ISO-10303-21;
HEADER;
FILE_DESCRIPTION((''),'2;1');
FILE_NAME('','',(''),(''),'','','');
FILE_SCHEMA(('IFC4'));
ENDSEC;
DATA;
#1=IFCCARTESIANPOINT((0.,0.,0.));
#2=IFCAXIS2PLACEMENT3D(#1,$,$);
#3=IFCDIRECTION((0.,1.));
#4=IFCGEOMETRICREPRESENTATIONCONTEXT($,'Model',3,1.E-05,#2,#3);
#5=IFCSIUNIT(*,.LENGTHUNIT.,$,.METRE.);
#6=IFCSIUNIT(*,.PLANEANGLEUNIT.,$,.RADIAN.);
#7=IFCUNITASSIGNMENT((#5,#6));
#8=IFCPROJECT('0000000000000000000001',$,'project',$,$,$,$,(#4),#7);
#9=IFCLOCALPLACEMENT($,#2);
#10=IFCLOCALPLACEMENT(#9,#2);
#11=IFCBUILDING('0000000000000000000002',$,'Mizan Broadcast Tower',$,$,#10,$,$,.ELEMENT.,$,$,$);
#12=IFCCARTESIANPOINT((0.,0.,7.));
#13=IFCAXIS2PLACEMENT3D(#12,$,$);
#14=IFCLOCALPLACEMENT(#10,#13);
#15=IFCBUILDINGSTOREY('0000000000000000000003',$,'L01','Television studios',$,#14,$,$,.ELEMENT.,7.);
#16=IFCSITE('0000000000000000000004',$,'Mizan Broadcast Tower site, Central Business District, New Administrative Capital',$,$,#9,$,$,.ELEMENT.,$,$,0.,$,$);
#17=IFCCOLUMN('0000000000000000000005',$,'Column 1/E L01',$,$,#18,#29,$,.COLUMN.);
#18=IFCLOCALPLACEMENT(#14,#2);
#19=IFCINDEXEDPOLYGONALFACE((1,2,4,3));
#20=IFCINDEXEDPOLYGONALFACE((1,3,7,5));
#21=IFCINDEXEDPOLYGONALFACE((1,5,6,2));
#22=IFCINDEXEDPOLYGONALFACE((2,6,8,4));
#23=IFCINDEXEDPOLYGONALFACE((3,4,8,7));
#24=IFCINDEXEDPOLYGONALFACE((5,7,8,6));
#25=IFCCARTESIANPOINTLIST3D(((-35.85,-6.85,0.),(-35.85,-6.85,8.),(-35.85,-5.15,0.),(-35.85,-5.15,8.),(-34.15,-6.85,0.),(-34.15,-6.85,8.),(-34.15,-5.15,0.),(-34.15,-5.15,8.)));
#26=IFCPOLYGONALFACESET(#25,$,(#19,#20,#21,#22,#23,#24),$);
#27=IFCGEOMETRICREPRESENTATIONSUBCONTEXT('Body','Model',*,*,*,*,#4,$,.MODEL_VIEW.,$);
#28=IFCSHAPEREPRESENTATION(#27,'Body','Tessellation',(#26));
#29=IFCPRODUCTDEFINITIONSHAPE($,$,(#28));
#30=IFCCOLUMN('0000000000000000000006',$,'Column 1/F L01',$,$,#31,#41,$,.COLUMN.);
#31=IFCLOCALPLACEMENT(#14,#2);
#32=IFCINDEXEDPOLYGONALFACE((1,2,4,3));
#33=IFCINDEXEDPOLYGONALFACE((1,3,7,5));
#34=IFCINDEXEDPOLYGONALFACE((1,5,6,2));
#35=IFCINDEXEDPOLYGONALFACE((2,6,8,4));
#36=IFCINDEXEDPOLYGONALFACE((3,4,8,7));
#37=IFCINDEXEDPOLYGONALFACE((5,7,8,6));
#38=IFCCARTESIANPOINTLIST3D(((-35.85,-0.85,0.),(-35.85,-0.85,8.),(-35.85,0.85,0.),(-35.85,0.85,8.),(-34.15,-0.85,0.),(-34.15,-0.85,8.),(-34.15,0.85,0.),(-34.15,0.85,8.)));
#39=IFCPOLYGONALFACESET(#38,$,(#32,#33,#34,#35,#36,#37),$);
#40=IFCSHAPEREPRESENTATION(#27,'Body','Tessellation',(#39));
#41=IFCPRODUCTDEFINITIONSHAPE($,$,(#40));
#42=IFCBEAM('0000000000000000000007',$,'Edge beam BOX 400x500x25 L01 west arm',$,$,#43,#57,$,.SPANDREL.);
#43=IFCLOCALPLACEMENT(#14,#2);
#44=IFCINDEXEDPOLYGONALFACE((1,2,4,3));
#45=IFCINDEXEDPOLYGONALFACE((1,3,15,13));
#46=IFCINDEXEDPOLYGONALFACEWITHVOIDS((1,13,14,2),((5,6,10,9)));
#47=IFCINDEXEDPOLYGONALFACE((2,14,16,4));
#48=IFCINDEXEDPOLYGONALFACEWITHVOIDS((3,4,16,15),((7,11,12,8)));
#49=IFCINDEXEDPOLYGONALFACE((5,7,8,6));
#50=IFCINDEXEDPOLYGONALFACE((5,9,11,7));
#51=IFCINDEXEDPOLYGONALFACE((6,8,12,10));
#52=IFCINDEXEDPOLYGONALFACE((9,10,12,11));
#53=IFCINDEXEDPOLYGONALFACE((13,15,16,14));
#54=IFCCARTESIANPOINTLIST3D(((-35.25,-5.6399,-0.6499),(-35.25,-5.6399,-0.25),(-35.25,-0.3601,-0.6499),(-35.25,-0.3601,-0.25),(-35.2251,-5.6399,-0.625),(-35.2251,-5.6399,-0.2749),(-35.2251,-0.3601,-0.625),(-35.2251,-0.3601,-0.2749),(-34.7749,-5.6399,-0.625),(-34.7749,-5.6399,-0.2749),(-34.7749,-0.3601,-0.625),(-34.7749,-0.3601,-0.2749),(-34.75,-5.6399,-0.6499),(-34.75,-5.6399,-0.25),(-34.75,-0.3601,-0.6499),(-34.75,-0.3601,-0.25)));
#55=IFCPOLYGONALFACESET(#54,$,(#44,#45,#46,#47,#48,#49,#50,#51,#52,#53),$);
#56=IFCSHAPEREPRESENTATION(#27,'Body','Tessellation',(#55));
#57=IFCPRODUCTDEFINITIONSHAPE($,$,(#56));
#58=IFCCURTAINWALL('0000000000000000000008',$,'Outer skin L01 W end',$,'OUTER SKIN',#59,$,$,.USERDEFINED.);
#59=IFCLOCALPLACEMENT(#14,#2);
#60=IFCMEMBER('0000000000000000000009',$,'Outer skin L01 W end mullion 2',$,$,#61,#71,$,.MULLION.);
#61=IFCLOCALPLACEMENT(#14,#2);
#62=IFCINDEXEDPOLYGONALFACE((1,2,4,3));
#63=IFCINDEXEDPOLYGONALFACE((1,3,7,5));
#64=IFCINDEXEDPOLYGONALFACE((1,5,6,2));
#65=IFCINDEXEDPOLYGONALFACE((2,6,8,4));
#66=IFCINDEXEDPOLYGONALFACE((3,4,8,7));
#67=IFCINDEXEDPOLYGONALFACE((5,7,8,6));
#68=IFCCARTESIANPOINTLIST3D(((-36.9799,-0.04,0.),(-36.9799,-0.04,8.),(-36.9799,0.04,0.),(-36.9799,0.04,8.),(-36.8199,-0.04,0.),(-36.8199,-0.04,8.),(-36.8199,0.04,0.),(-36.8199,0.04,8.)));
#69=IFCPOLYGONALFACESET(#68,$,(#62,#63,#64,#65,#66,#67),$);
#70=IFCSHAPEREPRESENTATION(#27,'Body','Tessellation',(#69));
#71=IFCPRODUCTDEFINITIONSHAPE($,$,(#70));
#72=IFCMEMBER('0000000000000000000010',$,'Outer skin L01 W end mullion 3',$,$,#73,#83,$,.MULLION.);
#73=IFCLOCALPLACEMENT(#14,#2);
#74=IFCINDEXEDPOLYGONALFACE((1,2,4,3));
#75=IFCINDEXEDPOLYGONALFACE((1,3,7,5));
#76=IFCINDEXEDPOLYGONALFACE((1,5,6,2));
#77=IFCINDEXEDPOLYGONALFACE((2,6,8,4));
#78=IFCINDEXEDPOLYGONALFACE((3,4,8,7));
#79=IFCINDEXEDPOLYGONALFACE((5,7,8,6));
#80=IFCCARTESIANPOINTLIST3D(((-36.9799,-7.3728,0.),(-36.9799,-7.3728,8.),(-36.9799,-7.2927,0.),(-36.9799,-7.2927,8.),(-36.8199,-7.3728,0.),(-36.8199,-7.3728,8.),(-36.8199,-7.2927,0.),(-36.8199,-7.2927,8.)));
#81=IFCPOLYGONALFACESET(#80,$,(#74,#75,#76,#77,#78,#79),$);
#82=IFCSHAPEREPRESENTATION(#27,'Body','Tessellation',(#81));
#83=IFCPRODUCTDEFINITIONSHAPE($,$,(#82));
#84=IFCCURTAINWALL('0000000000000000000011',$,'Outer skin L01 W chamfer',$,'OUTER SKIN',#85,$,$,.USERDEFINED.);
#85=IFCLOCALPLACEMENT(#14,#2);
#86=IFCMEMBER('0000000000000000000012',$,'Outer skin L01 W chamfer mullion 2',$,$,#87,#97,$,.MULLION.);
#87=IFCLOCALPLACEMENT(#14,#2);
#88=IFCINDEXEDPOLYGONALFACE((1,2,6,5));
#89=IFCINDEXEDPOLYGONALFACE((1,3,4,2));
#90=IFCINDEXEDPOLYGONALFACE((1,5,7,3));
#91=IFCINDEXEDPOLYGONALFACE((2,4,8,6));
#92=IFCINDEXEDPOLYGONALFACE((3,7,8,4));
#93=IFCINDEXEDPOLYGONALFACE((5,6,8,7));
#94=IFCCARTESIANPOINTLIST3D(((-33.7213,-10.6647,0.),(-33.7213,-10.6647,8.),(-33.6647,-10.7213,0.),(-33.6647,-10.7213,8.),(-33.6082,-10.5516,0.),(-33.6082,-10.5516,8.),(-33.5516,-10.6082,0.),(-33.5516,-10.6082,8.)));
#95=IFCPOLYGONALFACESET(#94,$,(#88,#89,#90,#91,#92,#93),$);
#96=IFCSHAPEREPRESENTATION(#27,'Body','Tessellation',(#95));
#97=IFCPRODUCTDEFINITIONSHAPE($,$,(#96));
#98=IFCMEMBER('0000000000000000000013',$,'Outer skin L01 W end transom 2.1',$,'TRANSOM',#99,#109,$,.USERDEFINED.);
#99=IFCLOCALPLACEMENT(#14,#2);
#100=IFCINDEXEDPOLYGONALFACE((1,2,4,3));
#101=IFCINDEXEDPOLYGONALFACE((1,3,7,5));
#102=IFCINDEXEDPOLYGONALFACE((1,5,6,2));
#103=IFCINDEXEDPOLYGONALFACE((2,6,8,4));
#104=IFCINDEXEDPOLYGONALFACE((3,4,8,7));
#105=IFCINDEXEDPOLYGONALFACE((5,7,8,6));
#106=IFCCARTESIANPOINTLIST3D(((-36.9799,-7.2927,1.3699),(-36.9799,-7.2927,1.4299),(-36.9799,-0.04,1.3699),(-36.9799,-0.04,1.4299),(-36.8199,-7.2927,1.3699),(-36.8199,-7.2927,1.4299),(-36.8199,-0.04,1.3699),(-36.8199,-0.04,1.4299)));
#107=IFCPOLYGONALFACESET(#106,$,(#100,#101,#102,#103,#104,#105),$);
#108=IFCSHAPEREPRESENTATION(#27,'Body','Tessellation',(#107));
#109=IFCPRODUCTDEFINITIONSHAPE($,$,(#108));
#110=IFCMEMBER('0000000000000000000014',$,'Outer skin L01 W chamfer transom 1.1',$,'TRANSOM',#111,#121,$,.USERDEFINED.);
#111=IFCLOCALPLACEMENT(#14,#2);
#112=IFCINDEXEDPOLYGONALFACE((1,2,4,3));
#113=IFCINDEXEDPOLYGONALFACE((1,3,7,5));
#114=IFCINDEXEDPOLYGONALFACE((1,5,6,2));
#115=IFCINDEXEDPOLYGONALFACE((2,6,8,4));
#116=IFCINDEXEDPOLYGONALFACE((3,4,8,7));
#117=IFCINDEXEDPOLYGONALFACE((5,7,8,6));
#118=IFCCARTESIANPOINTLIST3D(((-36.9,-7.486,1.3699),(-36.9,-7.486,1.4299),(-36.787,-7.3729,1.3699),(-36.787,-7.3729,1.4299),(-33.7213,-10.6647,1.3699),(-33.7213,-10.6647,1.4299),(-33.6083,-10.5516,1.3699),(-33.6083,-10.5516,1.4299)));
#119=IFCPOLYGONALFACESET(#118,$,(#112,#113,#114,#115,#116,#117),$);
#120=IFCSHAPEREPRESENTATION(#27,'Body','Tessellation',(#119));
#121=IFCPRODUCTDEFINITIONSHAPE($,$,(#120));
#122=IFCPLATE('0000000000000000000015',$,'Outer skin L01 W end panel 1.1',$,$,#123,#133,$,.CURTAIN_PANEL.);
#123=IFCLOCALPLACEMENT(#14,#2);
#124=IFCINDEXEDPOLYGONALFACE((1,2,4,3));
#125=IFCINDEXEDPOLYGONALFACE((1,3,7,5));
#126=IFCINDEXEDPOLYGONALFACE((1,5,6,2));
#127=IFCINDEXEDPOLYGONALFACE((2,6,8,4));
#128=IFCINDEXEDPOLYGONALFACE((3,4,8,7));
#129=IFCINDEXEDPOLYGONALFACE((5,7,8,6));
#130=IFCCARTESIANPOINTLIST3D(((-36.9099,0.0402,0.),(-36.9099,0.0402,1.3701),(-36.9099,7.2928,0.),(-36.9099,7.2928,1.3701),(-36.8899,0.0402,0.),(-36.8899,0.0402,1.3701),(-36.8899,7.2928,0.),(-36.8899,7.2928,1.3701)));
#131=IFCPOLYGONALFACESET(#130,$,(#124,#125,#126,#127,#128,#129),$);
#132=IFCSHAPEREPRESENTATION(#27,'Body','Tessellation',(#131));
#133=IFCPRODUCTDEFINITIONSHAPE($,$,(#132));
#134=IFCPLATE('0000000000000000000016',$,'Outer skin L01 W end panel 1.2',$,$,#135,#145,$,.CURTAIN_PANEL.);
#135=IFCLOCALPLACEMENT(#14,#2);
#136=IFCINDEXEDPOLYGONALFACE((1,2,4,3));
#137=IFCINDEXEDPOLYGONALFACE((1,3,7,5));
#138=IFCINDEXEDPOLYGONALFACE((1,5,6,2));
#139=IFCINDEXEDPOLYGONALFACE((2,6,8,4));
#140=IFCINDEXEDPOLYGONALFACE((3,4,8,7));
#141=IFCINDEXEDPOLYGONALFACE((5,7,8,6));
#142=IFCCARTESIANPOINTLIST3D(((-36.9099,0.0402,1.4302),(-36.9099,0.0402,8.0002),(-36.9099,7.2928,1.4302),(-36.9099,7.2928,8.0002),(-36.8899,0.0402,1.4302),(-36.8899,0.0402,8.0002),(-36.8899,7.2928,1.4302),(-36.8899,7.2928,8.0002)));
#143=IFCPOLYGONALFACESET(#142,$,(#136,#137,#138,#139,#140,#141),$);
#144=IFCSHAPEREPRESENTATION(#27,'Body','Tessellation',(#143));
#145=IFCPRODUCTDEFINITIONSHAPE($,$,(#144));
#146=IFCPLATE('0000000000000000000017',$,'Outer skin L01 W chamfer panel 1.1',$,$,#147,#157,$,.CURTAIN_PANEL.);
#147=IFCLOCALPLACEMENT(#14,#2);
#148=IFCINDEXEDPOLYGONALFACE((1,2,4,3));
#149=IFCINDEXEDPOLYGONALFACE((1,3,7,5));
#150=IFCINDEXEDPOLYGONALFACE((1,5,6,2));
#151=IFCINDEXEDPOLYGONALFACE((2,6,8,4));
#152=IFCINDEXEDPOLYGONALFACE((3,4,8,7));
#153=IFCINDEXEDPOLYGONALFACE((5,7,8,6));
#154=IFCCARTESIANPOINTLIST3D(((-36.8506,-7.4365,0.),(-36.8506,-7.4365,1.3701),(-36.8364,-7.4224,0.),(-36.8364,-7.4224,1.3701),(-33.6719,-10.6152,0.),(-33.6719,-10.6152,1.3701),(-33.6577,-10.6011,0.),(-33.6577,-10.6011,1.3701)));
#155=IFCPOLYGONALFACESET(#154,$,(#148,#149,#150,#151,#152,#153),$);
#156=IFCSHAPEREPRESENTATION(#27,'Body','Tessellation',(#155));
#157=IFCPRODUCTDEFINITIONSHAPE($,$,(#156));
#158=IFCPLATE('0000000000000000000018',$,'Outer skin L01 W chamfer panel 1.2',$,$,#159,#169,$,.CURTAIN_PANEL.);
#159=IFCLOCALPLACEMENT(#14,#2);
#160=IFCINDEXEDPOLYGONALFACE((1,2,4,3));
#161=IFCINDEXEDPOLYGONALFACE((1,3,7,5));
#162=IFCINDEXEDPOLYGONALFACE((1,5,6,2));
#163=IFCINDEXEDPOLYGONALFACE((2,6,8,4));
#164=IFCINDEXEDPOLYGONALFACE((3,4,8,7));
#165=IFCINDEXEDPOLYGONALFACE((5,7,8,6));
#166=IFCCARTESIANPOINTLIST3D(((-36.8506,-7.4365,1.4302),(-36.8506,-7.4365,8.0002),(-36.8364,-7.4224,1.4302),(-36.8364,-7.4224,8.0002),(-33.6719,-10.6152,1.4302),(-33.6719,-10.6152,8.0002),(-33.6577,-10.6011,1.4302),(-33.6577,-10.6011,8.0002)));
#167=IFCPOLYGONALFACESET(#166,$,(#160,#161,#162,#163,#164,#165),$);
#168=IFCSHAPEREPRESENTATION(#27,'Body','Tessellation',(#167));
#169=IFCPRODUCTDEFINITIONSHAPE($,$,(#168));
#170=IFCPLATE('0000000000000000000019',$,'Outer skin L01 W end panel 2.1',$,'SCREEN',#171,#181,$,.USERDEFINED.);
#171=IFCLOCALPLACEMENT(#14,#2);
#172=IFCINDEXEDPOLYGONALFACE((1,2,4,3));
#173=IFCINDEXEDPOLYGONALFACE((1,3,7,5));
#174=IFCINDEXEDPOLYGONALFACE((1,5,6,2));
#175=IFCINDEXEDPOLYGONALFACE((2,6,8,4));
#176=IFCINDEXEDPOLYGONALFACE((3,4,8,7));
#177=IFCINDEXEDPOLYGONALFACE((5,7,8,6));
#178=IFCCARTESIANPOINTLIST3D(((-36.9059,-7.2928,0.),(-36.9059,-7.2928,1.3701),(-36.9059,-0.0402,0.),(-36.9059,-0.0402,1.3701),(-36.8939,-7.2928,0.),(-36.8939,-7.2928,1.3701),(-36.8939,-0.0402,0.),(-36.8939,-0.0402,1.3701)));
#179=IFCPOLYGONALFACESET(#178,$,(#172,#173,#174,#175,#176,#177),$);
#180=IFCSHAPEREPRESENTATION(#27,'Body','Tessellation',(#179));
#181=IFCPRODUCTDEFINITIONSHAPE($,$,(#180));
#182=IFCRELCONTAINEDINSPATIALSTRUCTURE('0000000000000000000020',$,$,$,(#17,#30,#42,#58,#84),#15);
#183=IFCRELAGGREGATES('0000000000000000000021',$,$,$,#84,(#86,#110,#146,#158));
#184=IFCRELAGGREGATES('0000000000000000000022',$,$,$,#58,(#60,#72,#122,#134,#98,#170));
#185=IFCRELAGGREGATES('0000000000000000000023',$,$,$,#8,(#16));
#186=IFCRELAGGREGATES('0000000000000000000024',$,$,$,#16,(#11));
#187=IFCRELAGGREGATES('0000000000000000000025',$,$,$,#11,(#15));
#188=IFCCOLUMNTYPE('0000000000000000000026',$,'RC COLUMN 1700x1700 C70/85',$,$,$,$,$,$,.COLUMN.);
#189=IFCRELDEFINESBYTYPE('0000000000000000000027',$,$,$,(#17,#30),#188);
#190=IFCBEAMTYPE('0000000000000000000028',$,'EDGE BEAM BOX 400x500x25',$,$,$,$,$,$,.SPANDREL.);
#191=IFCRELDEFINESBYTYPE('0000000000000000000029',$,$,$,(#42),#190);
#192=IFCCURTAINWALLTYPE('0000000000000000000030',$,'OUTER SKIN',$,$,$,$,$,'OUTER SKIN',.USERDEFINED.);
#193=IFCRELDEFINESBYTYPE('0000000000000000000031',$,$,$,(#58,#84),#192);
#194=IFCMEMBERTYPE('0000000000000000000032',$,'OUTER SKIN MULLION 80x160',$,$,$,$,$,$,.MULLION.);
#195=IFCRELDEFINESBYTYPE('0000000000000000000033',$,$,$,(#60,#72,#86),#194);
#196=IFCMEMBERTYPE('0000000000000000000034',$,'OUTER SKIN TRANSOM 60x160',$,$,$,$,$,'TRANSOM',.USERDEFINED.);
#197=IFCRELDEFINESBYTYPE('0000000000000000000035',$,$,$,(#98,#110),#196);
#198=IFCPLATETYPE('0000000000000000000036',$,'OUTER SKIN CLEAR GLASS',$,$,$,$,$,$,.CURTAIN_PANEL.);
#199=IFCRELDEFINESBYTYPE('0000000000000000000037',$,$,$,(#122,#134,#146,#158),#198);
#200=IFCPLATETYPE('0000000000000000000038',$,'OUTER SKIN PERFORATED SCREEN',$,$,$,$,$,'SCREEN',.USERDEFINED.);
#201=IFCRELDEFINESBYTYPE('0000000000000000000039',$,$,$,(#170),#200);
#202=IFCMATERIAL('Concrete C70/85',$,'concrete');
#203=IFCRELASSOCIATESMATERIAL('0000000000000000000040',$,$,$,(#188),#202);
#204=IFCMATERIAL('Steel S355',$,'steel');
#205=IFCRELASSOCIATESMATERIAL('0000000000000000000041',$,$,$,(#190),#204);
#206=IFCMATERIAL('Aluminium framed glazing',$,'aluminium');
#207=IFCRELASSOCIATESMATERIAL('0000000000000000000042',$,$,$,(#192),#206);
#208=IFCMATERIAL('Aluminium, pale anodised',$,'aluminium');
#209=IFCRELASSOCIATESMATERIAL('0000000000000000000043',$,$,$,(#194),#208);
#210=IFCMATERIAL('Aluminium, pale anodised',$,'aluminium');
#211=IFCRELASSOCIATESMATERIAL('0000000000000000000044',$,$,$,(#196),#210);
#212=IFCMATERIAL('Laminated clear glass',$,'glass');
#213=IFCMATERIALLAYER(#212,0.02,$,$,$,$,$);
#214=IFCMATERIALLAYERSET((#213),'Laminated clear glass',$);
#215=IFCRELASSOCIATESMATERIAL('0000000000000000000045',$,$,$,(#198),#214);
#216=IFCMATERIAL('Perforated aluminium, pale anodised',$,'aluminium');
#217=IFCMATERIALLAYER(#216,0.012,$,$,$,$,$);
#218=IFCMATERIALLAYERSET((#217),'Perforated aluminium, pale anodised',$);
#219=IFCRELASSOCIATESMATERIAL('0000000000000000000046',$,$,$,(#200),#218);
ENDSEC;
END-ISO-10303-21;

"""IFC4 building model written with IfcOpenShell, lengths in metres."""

from ifc_helpers import new_model, si_unit, direction, frame, origin, origin_2d, place, context, subcontext, project, spatial, rectangle, hollow_rectangle, extrude, material, layer, layer_set, material_profile, profile_set, type_object, element, aggregate, save


model = new_model("IFC4")

# Units and contexts
model_context = context("Model", 3, precision=1e-05, world=origin(), true_north=direction((0.0, 1.0)))
body_context = subcontext(model_context, "Body", "Model", "MODEL_VIEW")
ifc_project = project(units=[si_unit("LENGTHUNIT", "METRE"), si_unit("PLANEANGLEUNIT", "RADIAN")], contexts=[model_context])

# Site, building, storey
site_placement = place(None, origin())
site = spatial("IfcSite", under=ifc_project, at=site_placement, Name="Mizan Broadcast Tower site, Central Business District, New Administrative Capital", CompositionType="ELEMENT", RefElevation=0.0)
building_placement = place(site_placement, origin())
building = spatial("IfcBuilding", under=site, at=building_placement, Name="Mizan Broadcast Tower", CompositionType="ELEMENT")
storey_placement = place(building_placement, frame((0.0, 0.0, 7.0)))
storey = spatial("IfcBuildingStorey", under=building, at=storey_placement, Name="L01", Description="Television studios", CompositionType="ELEMENT", Elevation=7.0)

# Columns
ifc_material_1 = material(Name="Concrete C70/85", Category="concrete")
ifc_material_profile_1 = material_profile(ifc_material_1, rectangle(XDim=1.7, YDim=1.7, at=origin_2d()), Name="RC 1700x1700")
ifc_profile_set_1 = profile_set([ifc_material_profile_1], Name="Concrete C70/85")
column_type = type_object("IfcColumnType", Name="RC COLUMN 1700x1700 C70/85", PredefinedType="COLUMN", material=ifc_profile_set_1)
for number, where, z_axis, x_axis, name in (
    (1, (-35.0, -6.0, 0.0), (0.0, 0.0, 1.0), (1.0, 0.0, 0.0), "Column 1/E L01"),
    (2, (-35.0, 0.0, 0.0), (0.0, 0.0, 1.0), (1.0, 0.0, 0.0), "Column 1/F L01"),
):
    element("IfcColumn", number, at=place(storey_placement, frame(where, z_axis=z_axis, x_axis=x_axis)), inside=storey, type_object=column_type, Name=name, PredefinedType="COLUMN", context=body_context, shape_type="SweptSolid", body=[
        extrude(rectangle(XDim=1.7, YDim=1.7, at=origin_2d()), origin(), (0.0, 0.0, 1.0), 8.0),
    ])

# Beam
ifc_material_2 = material(Name="Steel S355", Category="steel")
ifc_material_profile_2 = material_profile(ifc_material_2, hollow_rectangle(XDim=0.5, YDim=0.3999, WallThickness=0.0249, at=origin_2d()), Name="BOX 400x500x25")
ifc_profile_set_2 = profile_set([ifc_material_profile_2], Name="Steel S355")
beam_type = type_object("IfcBeamType", Name="EDGE BEAM BOX 400x500x25", PredefinedType="SPANDREL", material=ifc_profile_set_2)
beam_placement = place(storey_placement, frame((-35.0, -5.6399, -0.45), z_axis=(0.0, 1.0, 0.0), x_axis=(-1.0, 0.0, 0.0)))
element("IfcBeam", 3, at=beam_placement, inside=storey, type_object=beam_type, Name="Edge beam BOX 400x500x25 L01 west arm", PredefinedType="SPANDREL", context=body_context, shape_type="SweptSolid", body=[
    extrude(hollow_rectangle(XDim=0.5, YDim=0.3999, WallThickness=0.0249, at=origin_2d()), origin(), (0.0, 0.0, 1.0), 5.2798),
])

# Curtain wall, members
ifc_material_3 = material(Name="Aluminium framed glazing", Category="aluminium")
curtain_wall_type = type_object("IfcCurtainWallType", Name="OUTER SKIN", ElementType="OUTER SKIN", PredefinedType="USERDEFINED", material=ifc_material_3)
curtain_wall_1_placement = place(storey_placement, origin())
curtain_wall_1 = element("IfcCurtainWall", 4, at=curtain_wall_1_placement, inside=storey, type_object=curtain_wall_type, Name="Outer skin L01 W end", ObjectType="OUTER SKIN", PredefinedType="USERDEFINED")
ifc_material_4 = material(Name="Aluminium, pale anodised", Category="aluminium")
ifc_material_profile_3 = material_profile(ifc_material_4, rectangle(XDim=0.1599, YDim=0.0801, at=origin_2d()), Name="MULLION 160x80")
ifc_profile_set_3 = profile_set([ifc_material_profile_3], Name="Aluminium, pale anodised")
member_type_1 = type_object("IfcMemberType", Name="OUTER SKIN MULLION 80x160", PredefinedType="MULLION", material=ifc_profile_set_3)
member_1_placement = place(storey_placement, frame((-36.8999, 0.0, 0.0), z_axis=(0.0, 0.0, 1.0), x_axis=(1.0, 0.0, 0.0)))
member_1 = element("IfcMember", 5, at=member_1_placement, type_object=member_type_1, Name="Outer skin L01 W end mullion 2", PredefinedType="MULLION", context=body_context, shape_type="SweptSolid", body=[
    extrude(rectangle(XDim=0.1599, YDim=0.0801, at=origin_2d()), origin(), (0.0, 0.0, 1.0), 8.0),
])
member_2_placement = place(storey_placement, frame((-36.8999, -7.3328, 0.0), z_axis=(0.0, 0.0, 1.0), x_axis=(1.0, 0.0, 0.0)))
member_2 = element("IfcMember", 6, at=member_2_placement, type_object=member_type_1, Name="Outer skin L01 W end mullion 3", PredefinedType="MULLION", context=body_context, shape_type="SweptSolid", body=[
    extrude(rectangle(XDim=0.1599, YDim=0.0801, at=origin_2d()), origin(), (0.0, 0.0, 1.0), 8.0),
])

# Curtain wall, member
curtain_wall_2_placement = place(storey_placement, origin())
curtain_wall_2 = element("IfcCurtainWall", 7, at=curtain_wall_2_placement, inside=storey, type_object=curtain_wall_type, Name="Outer skin L01 W chamfer", ObjectType="OUTER SKIN", PredefinedType="USERDEFINED")
member_3_placement = place(storey_placement, frame((-33.6365, -10.6365, 0.0), z_axis=(0.0, 0.0, 1.0), x_axis=(0.707107, 0.707107, 0.0)))
member_3 = element("IfcMember", 8, at=member_3_placement, type_object=member_type_1, Name="Outer skin L01 W chamfer mullion 2", PredefinedType="MULLION", context=body_context, shape_type="SweptSolid", body=[
    extrude(rectangle(XDim=0.1599, YDim=0.0801, at=origin_2d()), origin(), (0.0, 0.0, 1.0), 8.0),
])

# Members
ifc_material_5 = material(Name="Aluminium, pale anodised", Category="aluminium")
ifc_material_profile_4 = material_profile(ifc_material_5, rectangle(XDim=0.1599, YDim=0.0601, at=origin_2d()), Name="TRANSOM 160x60")
ifc_profile_set_4 = profile_set([ifc_material_profile_4], Name="Aluminium, pale anodised")
member_type_2 = type_object("IfcMemberType", Name="OUTER SKIN TRANSOM 60x160", ElementType="TRANSOM", PredefinedType="USERDEFINED", material=ifc_profile_set_4)
member_4_placement = place(storey_placement, frame((-36.8999, -0.04, 1.3999), z_axis=(0.0, -1.0, 0.0), x_axis=(1.0, 0.0, 0.0)))
member_4 = element("IfcMember", 9, at=member_4_placement, type_object=member_type_2, Name="Outer skin L01 W end transom 2.1", ObjectType="TRANSOM", PredefinedType="USERDEFINED", context=body_context, shape_type="SweptSolid", body=[
    extrude(rectangle(XDim=0.1599, YDim=0.0601, at=origin_2d()), origin(), (0.0, 0.0, 1.0), 7.2527),
])
member_5_placement = place(storey_placement, frame((-36.8435, -7.4294, 1.3999), z_axis=(0.707107, -0.707107, 0.0), x_axis=(0.707107, 0.707107, 0.0)))
member_5 = element("IfcMember", 10, at=member_5_placement, type_object=member_type_2, Name="Outer skin L01 W chamfer transom 1.1", ObjectType="TRANSOM", PredefinedType="USERDEFINED", context=body_context, shape_type="SweptSolid", body=[
    extrude(rectangle(XDim=0.1599, YDim=0.0601, at=origin_2d()), origin(), (0.0, 0.0, 1.0), 4.4954),
])

# Plates
ifc_material_6 = material(Name="Laminated clear glass", Category="glass")
ifc_layer_1 = layer(ifc_material_6, 0.02)
ifc_layer_set_1 = layer_set([ifc_layer_1], Name="Laminated clear glass")
plate_type_1 = type_object("IfcPlateType", Name="OUTER SKIN CLEAR GLASS", PredefinedType="CURTAIN_PANEL", material=ifc_layer_set_1)
plate_1_placement = place(storey_placement, frame((-36.8999, 3.6665, 0.0), z_axis=(0.0, 0.0, 1.0), x_axis=(0.0, -1.0, 0.0)))
plate_1 = element("IfcPlate", 11, at=plate_1_placement, type_object=plate_type_1, Name="Outer skin L01 W end panel 1.1", PredefinedType="CURTAIN_PANEL", context=body_context, shape_type="SweptSolid", body=[
    extrude(rectangle(XDim=7.2527, YDim=0.02, at=origin_2d()), origin(), (0.0, 0.0, 1.0), 1.3701),
])
plate_2_placement = place(storey_placement, frame((-36.8999, 3.6665, 1.4302), z_axis=(0.0, 0.0, 1.0), x_axis=(0.0, -1.0, 0.0)))
plate_2 = element("IfcPlate", 12, at=plate_2_placement, type_object=plate_type_1, Name="Outer skin L01 W end panel 1.2", PredefinedType="CURTAIN_PANEL", context=body_context, shape_type="SweptSolid", body=[
    extrude(rectangle(XDim=7.2527, YDim=0.02, at=origin_2d()), origin(), (0.0, 0.0, 1.0), 6.5701),
])
plate_3_placement = place(storey_placement, frame((-35.2542, -9.0188, 0.0), z_axis=(0.0, 0.0, 1.0), x_axis=(0.707107, -0.707107, 0.0)))
plate_3 = element("IfcPlate", 13, at=plate_3_placement, type_object=plate_type_1, Name="Outer skin L01 W chamfer panel 1.1", PredefinedType="CURTAIN_PANEL", context=body_context, shape_type="SweptSolid", body=[
    extrude(rectangle(XDim=4.4954, YDim=0.02, at=origin_2d()), origin(), (0.0, 0.0, 1.0), 1.3701),
])
plate_4_placement = place(storey_placement, frame((-35.2542, -9.0188, 1.4302), z_axis=(0.0, 0.0, 1.0), x_axis=(0.707107, -0.707107, 0.0)))
plate_4 = element("IfcPlate", 14, at=plate_4_placement, type_object=plate_type_1, Name="Outer skin L01 W chamfer panel 1.2", PredefinedType="CURTAIN_PANEL", context=body_context, shape_type="SweptSolid", body=[
    extrude(rectangle(XDim=4.4954, YDim=0.02, at=origin_2d()), origin(), (0.0, 0.0, 1.0), 6.5701),
])
aggregate(curtain_wall_2, [member_3, member_5, plate_3, plate_4])
ifc_material_7 = material(Name="Perforated aluminium, pale anodised", Category="aluminium")
ifc_layer_2 = layer(ifc_material_7, 0.012)
ifc_layer_set_2 = layer_set([ifc_layer_2], Name="Perforated aluminium, pale anodised")
plate_type_2 = type_object("IfcPlateType", Name="OUTER SKIN PERFORATED SCREEN", ElementType="SCREEN", PredefinedType="USERDEFINED", material=ifc_layer_set_2)
plate_5_placement = place(storey_placement, frame((-36.8999, -3.6665, 0.0), z_axis=(0.0, 0.0, 1.0), x_axis=(0.0, -1.0, 0.0)))
plate_5 = element("IfcPlate", 15, at=plate_5_placement, type_object=plate_type_2, Name="Outer skin L01 W end panel 2.1", ObjectType="SCREEN", PredefinedType="USERDEFINED", context=body_context, shape_type="SweptSolid", body=[
    extrude(rectangle(XDim=7.2527, YDim=0.012, at=origin_2d()), origin(), (0.0, 0.0, 1.0), 1.3701),
])
aggregate(curtain_wall_1, [member_1, member_2, plate_1, plate_2, member_4, plate_5])

save(model, "model.ifc")
